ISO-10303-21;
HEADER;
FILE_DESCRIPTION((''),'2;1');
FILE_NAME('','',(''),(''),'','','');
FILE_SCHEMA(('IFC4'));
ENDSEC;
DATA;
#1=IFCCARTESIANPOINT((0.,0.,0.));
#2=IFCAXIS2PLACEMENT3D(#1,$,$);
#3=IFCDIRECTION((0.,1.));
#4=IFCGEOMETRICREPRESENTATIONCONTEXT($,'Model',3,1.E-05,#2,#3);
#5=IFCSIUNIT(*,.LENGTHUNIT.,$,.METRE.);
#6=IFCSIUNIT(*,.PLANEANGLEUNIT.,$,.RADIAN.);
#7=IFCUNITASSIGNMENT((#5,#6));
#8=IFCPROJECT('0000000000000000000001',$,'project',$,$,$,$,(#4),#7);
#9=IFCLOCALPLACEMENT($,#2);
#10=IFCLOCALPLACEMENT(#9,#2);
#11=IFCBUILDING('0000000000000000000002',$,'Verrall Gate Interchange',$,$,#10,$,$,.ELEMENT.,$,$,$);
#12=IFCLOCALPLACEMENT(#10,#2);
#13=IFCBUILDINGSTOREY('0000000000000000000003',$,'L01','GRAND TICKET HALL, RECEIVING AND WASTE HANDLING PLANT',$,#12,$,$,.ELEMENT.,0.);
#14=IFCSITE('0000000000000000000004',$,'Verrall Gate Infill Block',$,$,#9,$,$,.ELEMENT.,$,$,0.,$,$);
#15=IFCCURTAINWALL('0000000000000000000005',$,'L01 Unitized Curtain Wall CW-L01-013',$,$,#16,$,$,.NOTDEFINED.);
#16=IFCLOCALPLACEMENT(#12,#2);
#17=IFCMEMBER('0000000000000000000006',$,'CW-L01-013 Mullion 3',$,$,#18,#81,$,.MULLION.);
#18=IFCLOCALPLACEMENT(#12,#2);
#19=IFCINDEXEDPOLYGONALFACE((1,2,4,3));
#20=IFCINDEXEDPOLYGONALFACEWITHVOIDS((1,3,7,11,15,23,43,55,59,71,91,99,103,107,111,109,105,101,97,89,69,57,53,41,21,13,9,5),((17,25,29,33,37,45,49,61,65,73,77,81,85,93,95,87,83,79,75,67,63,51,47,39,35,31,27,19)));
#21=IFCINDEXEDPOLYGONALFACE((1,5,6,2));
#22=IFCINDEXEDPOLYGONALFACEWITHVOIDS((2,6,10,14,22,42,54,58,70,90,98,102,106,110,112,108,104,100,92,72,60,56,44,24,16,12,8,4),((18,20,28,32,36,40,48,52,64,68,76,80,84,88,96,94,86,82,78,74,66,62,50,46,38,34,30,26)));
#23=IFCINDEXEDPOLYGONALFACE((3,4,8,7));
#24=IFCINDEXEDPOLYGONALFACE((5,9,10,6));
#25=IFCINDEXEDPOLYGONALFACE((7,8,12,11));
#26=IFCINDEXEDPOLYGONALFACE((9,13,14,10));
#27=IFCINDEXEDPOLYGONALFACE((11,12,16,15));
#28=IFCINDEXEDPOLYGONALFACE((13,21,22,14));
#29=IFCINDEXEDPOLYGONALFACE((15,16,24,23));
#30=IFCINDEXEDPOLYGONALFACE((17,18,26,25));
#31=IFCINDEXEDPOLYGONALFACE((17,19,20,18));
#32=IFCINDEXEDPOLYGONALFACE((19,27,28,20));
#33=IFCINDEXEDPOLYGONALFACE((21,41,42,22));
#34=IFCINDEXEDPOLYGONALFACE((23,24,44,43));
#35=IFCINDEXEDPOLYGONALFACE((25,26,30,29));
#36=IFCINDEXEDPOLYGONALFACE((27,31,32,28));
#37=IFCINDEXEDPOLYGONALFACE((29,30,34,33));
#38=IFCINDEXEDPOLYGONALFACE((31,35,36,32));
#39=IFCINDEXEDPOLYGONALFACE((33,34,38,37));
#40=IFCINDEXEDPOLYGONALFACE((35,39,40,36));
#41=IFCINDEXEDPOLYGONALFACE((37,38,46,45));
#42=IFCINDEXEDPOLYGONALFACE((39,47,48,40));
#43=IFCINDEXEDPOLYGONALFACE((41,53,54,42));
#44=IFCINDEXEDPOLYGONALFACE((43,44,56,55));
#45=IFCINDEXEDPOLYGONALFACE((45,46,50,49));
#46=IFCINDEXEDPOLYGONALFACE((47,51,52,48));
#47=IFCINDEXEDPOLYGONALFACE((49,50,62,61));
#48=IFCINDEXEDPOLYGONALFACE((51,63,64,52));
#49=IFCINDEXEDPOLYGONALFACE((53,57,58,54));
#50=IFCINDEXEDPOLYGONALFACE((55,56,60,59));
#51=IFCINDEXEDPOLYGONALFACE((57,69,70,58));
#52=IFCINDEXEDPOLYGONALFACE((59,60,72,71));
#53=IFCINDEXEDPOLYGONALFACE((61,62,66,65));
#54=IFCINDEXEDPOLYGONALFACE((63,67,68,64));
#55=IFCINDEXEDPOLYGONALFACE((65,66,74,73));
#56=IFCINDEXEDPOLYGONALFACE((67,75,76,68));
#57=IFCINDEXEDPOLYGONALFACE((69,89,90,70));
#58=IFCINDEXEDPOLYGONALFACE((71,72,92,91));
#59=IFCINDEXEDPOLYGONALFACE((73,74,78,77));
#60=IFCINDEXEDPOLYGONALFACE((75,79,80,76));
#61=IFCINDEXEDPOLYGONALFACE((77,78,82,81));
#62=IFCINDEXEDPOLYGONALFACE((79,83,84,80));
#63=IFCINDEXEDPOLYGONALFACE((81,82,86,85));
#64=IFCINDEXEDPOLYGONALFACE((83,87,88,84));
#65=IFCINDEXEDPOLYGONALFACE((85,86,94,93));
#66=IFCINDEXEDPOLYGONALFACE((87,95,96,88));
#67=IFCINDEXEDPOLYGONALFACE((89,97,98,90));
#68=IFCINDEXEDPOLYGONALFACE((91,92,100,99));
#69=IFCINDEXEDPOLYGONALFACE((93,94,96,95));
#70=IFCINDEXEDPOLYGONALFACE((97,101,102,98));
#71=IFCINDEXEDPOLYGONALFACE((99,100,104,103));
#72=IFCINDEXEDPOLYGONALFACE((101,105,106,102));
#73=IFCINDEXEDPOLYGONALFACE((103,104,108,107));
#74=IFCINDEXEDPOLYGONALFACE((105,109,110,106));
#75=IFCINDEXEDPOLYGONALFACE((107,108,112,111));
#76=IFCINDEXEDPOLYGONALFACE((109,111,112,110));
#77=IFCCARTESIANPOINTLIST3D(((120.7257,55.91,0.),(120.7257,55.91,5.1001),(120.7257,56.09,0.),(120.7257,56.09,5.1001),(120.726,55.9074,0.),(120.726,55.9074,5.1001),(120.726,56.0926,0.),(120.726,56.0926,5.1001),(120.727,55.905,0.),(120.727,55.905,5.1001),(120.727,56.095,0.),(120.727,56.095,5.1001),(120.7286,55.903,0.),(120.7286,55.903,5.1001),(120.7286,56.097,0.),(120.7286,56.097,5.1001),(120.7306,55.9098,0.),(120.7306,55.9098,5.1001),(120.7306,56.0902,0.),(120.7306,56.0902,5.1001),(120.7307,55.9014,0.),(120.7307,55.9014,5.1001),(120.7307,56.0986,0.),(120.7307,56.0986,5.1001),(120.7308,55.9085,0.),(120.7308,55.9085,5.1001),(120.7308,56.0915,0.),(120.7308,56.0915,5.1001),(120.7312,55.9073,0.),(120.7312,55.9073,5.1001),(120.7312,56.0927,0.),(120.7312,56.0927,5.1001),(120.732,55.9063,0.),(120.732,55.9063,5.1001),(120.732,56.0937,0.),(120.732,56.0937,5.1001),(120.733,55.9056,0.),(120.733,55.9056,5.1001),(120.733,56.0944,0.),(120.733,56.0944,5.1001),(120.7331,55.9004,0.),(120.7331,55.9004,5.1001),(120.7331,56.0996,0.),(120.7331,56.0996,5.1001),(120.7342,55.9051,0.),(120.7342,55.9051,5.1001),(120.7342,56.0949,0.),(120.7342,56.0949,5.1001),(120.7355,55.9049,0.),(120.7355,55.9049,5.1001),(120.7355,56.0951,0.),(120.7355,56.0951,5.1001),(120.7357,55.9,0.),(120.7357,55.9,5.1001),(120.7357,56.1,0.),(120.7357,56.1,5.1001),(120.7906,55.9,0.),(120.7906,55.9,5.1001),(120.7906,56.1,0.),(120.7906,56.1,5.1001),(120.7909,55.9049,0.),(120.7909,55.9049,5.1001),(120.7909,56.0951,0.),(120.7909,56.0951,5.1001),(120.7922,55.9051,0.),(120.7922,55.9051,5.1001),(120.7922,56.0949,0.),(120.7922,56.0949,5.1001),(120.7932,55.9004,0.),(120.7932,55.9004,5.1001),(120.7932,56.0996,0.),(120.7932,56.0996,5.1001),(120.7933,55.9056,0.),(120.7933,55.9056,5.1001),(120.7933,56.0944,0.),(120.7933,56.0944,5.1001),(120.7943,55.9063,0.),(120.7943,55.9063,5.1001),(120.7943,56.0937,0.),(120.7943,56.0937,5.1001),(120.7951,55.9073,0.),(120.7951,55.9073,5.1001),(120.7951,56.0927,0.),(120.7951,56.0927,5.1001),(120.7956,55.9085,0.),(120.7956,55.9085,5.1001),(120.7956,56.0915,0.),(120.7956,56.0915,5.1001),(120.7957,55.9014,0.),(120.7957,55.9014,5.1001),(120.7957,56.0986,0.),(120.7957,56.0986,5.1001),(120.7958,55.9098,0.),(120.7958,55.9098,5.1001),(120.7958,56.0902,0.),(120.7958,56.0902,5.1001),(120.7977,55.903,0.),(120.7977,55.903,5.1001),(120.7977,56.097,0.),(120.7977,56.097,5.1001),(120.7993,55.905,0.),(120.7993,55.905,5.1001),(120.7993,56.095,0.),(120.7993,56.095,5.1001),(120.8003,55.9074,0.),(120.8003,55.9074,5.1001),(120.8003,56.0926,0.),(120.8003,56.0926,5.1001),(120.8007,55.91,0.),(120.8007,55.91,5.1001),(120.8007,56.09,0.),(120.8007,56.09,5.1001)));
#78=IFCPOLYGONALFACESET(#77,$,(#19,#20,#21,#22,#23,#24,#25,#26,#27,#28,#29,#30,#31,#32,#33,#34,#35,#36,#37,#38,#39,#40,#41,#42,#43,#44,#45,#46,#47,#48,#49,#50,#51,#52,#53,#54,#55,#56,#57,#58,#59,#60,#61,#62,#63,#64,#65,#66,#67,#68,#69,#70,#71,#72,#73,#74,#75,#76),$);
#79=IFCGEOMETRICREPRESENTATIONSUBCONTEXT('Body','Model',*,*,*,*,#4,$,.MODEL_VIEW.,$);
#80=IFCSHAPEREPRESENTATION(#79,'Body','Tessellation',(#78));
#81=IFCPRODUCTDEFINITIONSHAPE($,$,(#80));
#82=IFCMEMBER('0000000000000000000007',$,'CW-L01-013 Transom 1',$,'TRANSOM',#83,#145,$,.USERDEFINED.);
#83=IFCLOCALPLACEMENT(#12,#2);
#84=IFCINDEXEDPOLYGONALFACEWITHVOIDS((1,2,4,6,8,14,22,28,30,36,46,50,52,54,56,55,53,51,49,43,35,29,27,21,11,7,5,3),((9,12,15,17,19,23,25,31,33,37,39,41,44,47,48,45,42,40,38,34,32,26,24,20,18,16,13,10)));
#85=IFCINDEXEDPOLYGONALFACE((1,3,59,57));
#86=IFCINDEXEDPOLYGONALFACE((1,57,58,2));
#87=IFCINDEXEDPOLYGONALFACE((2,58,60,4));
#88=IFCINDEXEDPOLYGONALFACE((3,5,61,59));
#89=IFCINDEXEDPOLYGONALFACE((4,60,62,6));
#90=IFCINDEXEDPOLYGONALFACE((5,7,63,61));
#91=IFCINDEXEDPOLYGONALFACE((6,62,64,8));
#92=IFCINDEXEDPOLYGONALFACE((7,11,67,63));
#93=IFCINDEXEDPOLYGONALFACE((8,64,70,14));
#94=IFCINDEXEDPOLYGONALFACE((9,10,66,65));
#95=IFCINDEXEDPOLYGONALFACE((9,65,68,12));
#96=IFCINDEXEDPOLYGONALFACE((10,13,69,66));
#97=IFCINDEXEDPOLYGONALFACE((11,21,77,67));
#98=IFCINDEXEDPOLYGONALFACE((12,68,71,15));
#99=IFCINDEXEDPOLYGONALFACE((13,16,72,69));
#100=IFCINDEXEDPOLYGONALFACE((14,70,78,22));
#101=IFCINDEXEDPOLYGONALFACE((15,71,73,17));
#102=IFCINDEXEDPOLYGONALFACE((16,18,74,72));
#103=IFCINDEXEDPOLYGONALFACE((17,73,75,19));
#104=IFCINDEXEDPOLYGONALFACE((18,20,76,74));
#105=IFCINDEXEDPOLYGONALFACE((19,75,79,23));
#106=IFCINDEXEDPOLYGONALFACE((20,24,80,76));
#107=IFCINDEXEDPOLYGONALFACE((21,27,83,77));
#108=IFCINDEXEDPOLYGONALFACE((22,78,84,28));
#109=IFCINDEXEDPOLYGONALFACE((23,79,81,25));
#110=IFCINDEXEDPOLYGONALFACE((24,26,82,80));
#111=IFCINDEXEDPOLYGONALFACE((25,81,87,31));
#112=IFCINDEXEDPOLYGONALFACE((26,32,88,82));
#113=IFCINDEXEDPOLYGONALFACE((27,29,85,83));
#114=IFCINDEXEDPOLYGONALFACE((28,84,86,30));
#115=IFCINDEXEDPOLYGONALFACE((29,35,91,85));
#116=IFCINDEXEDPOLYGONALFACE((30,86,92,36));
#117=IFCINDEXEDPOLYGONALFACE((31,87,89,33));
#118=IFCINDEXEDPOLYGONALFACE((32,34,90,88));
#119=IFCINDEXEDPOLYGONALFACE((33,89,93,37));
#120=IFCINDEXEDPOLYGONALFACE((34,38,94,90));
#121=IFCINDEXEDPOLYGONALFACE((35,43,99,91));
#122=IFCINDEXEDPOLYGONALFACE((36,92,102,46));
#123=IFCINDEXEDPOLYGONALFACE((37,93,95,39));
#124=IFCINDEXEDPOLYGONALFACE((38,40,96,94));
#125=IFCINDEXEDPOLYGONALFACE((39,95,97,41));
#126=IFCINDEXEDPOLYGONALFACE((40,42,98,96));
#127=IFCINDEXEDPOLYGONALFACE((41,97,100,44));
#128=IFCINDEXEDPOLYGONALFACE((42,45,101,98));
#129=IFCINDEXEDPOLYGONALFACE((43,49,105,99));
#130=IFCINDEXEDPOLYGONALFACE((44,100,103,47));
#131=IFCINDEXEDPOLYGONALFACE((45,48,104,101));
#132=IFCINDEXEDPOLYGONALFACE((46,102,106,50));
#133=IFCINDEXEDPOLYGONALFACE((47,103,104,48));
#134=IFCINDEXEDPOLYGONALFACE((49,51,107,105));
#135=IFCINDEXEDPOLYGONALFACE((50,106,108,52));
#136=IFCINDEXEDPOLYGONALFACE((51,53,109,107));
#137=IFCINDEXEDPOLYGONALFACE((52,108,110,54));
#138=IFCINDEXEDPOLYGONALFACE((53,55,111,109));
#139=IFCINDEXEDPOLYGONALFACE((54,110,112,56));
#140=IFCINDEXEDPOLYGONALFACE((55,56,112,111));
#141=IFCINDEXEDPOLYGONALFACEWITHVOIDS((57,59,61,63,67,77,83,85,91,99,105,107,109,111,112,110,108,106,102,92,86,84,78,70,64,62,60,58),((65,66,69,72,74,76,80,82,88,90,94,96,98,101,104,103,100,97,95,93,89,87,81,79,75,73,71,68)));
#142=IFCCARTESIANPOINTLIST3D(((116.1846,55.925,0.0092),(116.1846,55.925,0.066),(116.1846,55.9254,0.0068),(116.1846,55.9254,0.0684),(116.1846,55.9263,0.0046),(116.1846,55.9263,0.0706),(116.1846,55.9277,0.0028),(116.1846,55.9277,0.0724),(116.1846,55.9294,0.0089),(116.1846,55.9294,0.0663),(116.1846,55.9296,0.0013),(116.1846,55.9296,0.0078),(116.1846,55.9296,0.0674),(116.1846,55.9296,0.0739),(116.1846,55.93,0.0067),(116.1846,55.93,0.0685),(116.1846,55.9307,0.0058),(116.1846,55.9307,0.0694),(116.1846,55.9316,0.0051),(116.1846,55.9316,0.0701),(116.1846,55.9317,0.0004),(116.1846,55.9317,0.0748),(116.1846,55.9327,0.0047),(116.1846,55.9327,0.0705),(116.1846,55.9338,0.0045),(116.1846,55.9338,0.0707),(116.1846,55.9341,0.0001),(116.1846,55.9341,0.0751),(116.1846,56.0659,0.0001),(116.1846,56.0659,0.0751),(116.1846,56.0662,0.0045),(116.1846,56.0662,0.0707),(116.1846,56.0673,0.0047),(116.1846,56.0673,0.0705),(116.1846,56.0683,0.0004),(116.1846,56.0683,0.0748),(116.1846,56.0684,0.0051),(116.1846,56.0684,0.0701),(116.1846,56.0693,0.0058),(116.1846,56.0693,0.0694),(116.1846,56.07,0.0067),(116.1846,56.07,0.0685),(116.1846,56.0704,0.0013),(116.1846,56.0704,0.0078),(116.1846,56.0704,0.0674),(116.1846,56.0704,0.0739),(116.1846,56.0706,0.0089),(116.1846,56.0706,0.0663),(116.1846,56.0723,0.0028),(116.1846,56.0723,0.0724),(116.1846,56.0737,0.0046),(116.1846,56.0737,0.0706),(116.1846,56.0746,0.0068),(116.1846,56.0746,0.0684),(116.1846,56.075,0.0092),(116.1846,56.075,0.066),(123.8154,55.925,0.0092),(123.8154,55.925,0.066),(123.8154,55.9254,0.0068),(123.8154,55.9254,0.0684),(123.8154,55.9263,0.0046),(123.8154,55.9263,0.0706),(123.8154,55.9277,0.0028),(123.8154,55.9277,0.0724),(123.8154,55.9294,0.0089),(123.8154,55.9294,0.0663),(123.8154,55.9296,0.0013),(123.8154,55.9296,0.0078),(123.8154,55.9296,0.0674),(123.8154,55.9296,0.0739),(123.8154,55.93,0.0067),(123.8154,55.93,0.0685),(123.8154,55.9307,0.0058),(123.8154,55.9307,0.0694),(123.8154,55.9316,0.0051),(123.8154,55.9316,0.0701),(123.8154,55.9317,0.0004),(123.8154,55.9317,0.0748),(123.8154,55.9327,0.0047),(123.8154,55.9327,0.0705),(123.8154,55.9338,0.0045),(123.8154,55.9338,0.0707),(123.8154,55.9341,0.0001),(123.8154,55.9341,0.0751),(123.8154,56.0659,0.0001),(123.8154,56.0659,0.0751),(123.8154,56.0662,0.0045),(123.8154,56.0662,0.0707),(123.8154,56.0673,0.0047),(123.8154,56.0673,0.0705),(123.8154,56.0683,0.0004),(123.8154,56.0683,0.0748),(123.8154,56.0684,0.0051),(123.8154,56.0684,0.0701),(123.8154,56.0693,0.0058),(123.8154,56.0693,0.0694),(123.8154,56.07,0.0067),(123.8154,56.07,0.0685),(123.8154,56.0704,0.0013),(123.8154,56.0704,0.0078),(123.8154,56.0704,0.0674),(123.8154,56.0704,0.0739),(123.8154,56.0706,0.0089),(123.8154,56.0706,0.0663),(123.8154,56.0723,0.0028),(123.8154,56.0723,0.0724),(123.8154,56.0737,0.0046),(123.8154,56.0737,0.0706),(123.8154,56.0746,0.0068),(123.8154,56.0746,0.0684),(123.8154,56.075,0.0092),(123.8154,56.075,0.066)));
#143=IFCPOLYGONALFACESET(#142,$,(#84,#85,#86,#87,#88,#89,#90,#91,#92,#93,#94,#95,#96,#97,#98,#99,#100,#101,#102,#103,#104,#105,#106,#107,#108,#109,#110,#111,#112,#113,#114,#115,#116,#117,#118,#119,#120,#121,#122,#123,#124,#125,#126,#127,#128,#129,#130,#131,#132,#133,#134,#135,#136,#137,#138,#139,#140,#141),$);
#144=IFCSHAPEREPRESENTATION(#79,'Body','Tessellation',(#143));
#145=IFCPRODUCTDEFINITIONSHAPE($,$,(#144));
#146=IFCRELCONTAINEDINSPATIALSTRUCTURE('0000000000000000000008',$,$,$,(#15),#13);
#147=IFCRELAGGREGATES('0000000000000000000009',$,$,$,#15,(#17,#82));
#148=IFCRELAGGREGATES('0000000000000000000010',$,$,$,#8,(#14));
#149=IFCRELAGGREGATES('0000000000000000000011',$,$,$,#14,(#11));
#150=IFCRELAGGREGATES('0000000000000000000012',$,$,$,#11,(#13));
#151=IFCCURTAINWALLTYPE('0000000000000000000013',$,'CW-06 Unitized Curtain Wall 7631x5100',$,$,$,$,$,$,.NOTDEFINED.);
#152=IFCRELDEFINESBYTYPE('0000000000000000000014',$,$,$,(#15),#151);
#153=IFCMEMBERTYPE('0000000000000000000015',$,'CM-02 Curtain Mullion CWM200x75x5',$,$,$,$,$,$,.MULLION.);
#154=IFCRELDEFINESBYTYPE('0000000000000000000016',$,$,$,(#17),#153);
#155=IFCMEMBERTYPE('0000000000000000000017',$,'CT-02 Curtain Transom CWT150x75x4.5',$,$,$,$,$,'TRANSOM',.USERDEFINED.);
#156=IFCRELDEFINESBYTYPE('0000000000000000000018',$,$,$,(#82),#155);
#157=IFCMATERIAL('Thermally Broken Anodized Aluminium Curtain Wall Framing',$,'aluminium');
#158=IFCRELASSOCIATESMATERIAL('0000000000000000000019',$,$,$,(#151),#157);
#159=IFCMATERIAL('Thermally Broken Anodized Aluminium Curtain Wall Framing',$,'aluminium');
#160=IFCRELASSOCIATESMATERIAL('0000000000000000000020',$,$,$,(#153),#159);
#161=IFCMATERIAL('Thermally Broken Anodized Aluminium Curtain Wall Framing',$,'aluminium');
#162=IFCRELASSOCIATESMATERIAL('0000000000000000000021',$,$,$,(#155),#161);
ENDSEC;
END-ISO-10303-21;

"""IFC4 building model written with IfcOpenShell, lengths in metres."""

from ifc_helpers import new_model, si_unit, direction, frame, origin, origin_2d, place, context, subcontext, project, spatial, hollow_rectangle, extrude, material, material_profile, profile_set, type_object, element, aggregate, save


model = new_model("IFC4")

# Units and contexts
model_context = context("Model", 3, precision=1e-05, world=origin(), true_north=direction((0.0, 1.0)))
body_context = subcontext(model_context, "Body", "Model", "MODEL_VIEW")
ifc_project = project(units=[si_unit("LENGTHUNIT", "METRE"), si_unit("PLANEANGLEUNIT", "RADIAN")], contexts=[model_context])

# Site, building, storey
site_placement = place(None, origin())
site = spatial("IfcSite", under=ifc_project, at=site_placement, Name="Verrall Gate Infill Block", CompositionType="ELEMENT", RefElevation=0.0)
building_placement = place(site_placement, origin())
building = spatial("IfcBuilding", under=site, at=building_placement, Name="Verrall Gate Interchange", CompositionType="ELEMENT")
storey_placement = place(building_placement, origin())
storey = spatial("IfcBuildingStorey", under=building, at=storey_placement, Name="L01", Description="GRAND TICKET HALL, RECEIVING AND WASTE HANDLING PLANT", CompositionType="ELEMENT", Elevation=0.0)

# Shared definitions
ifc_material_1 = material(Name="Thermally Broken Anodized Aluminium Curtain Wall Framing", Category="aluminium")
curtain_wall_type = type_object("IfcCurtainWallType", Name="CW-06 Unitized Curtain Wall 7631x5100", PredefinedType="NOTDEFINED", material=ifc_material_1)

# Curtain wall, members
curtain_wall_1_placement = place(storey_placement, origin())
curtain_wall_1 = element("IfcCurtainWall", 1, at=curtain_wall_1_placement, inside=storey, type_object=curtain_wall_type, Name="L01 Unitized Curtain Wall CW-L01-013", PredefinedType="NOTDEFINED")
ifc_material_2 = material(Name="Thermally Broken Anodized Aluminium Curtain Wall Framing", Category="aluminium")
ifc_material_profile_1 = material_profile(ifc_material_2, hollow_rectangle(XDim=0.075, YDim=0.2, WallThickness=0.0049, InnerFilletRadius=0.0049, OuterFilletRadius=0.01, at=origin_2d()), Name="CWM200x75x5")
ifc_profile_set_1 = profile_set([ifc_material_profile_1], Name="Thermally Broken Anodized Aluminium Curtain Wall Framing")
member_type_1 = type_object("IfcMemberType", Name="CM-02 Curtain Mullion CWM200x75x5", PredefinedType="MULLION", material=ifc_profile_set_1)
member_1_placement = place(storey_placement, frame((120.7632, 56.0, 0.0), z_axis=(0.0, 0.0, 1.0), x_axis=(-1.0, 0.0, 0.0)))
member_1 = element("IfcMember", 2, at=member_1_placement, type_object=member_type_1, Name="CW-L01-013 Mullion 3", PredefinedType="MULLION", context=body_context, shape_type="SweptSolid", body=[
    extrude(hollow_rectangle(XDim=0.075, YDim=0.2, WallThickness=0.0049, InnerFilletRadius=0.0049, OuterFilletRadius=0.01, at=origin_2d()), origin(), (0.0, 0.0, 1.0), 5.1001),
])
ifc_material_3 = material(Name="Thermally Broken Anodized Aluminium Curtain Wall Framing", Category="aluminium")
ifc_material_profile_2 = material_profile(ifc_material_3, hollow_rectangle(XDim=0.1499, YDim=0.075, WallThickness=0.0044, InnerFilletRadius=0.0044, OuterFilletRadius=0.009, at=origin_2d()), Name="CWT150x75x4.5")
ifc_profile_set_2 = profile_set([ifc_material_profile_2], Name="Thermally Broken Anodized Aluminium Curtain Wall Framing")
member_type_2 = type_object("IfcMemberType", Name="CT-02 Curtain Transom CWT150x75x4.5", ElementType="TRANSOM", PredefinedType="USERDEFINED", material=ifc_profile_set_2)
member_2_placement = place(storey_placement, frame((123.8154, 56.0, 0.0376), z_axis=(-1.0, 0.0, 0.0), x_axis=(0.0, -1.0, 0.0)))
member_2 = element("IfcMember", 3, at=member_2_placement, type_object=member_type_2, Name="CW-L01-013 Transom 1", ObjectType="TRANSOM", PredefinedType="USERDEFINED", context=body_context, shape_type="SweptSolid", body=[
    extrude(hollow_rectangle(XDim=0.1499, YDim=0.075, WallThickness=0.0044, InnerFilletRadius=0.0044, OuterFilletRadius=0.009, at=origin_2d()), origin(), (0.0, 0.0, 1.0), 7.6309),
])

aggregate(curtain_wall_1, [member_1, member_2])

save(model, "model.ifc")
